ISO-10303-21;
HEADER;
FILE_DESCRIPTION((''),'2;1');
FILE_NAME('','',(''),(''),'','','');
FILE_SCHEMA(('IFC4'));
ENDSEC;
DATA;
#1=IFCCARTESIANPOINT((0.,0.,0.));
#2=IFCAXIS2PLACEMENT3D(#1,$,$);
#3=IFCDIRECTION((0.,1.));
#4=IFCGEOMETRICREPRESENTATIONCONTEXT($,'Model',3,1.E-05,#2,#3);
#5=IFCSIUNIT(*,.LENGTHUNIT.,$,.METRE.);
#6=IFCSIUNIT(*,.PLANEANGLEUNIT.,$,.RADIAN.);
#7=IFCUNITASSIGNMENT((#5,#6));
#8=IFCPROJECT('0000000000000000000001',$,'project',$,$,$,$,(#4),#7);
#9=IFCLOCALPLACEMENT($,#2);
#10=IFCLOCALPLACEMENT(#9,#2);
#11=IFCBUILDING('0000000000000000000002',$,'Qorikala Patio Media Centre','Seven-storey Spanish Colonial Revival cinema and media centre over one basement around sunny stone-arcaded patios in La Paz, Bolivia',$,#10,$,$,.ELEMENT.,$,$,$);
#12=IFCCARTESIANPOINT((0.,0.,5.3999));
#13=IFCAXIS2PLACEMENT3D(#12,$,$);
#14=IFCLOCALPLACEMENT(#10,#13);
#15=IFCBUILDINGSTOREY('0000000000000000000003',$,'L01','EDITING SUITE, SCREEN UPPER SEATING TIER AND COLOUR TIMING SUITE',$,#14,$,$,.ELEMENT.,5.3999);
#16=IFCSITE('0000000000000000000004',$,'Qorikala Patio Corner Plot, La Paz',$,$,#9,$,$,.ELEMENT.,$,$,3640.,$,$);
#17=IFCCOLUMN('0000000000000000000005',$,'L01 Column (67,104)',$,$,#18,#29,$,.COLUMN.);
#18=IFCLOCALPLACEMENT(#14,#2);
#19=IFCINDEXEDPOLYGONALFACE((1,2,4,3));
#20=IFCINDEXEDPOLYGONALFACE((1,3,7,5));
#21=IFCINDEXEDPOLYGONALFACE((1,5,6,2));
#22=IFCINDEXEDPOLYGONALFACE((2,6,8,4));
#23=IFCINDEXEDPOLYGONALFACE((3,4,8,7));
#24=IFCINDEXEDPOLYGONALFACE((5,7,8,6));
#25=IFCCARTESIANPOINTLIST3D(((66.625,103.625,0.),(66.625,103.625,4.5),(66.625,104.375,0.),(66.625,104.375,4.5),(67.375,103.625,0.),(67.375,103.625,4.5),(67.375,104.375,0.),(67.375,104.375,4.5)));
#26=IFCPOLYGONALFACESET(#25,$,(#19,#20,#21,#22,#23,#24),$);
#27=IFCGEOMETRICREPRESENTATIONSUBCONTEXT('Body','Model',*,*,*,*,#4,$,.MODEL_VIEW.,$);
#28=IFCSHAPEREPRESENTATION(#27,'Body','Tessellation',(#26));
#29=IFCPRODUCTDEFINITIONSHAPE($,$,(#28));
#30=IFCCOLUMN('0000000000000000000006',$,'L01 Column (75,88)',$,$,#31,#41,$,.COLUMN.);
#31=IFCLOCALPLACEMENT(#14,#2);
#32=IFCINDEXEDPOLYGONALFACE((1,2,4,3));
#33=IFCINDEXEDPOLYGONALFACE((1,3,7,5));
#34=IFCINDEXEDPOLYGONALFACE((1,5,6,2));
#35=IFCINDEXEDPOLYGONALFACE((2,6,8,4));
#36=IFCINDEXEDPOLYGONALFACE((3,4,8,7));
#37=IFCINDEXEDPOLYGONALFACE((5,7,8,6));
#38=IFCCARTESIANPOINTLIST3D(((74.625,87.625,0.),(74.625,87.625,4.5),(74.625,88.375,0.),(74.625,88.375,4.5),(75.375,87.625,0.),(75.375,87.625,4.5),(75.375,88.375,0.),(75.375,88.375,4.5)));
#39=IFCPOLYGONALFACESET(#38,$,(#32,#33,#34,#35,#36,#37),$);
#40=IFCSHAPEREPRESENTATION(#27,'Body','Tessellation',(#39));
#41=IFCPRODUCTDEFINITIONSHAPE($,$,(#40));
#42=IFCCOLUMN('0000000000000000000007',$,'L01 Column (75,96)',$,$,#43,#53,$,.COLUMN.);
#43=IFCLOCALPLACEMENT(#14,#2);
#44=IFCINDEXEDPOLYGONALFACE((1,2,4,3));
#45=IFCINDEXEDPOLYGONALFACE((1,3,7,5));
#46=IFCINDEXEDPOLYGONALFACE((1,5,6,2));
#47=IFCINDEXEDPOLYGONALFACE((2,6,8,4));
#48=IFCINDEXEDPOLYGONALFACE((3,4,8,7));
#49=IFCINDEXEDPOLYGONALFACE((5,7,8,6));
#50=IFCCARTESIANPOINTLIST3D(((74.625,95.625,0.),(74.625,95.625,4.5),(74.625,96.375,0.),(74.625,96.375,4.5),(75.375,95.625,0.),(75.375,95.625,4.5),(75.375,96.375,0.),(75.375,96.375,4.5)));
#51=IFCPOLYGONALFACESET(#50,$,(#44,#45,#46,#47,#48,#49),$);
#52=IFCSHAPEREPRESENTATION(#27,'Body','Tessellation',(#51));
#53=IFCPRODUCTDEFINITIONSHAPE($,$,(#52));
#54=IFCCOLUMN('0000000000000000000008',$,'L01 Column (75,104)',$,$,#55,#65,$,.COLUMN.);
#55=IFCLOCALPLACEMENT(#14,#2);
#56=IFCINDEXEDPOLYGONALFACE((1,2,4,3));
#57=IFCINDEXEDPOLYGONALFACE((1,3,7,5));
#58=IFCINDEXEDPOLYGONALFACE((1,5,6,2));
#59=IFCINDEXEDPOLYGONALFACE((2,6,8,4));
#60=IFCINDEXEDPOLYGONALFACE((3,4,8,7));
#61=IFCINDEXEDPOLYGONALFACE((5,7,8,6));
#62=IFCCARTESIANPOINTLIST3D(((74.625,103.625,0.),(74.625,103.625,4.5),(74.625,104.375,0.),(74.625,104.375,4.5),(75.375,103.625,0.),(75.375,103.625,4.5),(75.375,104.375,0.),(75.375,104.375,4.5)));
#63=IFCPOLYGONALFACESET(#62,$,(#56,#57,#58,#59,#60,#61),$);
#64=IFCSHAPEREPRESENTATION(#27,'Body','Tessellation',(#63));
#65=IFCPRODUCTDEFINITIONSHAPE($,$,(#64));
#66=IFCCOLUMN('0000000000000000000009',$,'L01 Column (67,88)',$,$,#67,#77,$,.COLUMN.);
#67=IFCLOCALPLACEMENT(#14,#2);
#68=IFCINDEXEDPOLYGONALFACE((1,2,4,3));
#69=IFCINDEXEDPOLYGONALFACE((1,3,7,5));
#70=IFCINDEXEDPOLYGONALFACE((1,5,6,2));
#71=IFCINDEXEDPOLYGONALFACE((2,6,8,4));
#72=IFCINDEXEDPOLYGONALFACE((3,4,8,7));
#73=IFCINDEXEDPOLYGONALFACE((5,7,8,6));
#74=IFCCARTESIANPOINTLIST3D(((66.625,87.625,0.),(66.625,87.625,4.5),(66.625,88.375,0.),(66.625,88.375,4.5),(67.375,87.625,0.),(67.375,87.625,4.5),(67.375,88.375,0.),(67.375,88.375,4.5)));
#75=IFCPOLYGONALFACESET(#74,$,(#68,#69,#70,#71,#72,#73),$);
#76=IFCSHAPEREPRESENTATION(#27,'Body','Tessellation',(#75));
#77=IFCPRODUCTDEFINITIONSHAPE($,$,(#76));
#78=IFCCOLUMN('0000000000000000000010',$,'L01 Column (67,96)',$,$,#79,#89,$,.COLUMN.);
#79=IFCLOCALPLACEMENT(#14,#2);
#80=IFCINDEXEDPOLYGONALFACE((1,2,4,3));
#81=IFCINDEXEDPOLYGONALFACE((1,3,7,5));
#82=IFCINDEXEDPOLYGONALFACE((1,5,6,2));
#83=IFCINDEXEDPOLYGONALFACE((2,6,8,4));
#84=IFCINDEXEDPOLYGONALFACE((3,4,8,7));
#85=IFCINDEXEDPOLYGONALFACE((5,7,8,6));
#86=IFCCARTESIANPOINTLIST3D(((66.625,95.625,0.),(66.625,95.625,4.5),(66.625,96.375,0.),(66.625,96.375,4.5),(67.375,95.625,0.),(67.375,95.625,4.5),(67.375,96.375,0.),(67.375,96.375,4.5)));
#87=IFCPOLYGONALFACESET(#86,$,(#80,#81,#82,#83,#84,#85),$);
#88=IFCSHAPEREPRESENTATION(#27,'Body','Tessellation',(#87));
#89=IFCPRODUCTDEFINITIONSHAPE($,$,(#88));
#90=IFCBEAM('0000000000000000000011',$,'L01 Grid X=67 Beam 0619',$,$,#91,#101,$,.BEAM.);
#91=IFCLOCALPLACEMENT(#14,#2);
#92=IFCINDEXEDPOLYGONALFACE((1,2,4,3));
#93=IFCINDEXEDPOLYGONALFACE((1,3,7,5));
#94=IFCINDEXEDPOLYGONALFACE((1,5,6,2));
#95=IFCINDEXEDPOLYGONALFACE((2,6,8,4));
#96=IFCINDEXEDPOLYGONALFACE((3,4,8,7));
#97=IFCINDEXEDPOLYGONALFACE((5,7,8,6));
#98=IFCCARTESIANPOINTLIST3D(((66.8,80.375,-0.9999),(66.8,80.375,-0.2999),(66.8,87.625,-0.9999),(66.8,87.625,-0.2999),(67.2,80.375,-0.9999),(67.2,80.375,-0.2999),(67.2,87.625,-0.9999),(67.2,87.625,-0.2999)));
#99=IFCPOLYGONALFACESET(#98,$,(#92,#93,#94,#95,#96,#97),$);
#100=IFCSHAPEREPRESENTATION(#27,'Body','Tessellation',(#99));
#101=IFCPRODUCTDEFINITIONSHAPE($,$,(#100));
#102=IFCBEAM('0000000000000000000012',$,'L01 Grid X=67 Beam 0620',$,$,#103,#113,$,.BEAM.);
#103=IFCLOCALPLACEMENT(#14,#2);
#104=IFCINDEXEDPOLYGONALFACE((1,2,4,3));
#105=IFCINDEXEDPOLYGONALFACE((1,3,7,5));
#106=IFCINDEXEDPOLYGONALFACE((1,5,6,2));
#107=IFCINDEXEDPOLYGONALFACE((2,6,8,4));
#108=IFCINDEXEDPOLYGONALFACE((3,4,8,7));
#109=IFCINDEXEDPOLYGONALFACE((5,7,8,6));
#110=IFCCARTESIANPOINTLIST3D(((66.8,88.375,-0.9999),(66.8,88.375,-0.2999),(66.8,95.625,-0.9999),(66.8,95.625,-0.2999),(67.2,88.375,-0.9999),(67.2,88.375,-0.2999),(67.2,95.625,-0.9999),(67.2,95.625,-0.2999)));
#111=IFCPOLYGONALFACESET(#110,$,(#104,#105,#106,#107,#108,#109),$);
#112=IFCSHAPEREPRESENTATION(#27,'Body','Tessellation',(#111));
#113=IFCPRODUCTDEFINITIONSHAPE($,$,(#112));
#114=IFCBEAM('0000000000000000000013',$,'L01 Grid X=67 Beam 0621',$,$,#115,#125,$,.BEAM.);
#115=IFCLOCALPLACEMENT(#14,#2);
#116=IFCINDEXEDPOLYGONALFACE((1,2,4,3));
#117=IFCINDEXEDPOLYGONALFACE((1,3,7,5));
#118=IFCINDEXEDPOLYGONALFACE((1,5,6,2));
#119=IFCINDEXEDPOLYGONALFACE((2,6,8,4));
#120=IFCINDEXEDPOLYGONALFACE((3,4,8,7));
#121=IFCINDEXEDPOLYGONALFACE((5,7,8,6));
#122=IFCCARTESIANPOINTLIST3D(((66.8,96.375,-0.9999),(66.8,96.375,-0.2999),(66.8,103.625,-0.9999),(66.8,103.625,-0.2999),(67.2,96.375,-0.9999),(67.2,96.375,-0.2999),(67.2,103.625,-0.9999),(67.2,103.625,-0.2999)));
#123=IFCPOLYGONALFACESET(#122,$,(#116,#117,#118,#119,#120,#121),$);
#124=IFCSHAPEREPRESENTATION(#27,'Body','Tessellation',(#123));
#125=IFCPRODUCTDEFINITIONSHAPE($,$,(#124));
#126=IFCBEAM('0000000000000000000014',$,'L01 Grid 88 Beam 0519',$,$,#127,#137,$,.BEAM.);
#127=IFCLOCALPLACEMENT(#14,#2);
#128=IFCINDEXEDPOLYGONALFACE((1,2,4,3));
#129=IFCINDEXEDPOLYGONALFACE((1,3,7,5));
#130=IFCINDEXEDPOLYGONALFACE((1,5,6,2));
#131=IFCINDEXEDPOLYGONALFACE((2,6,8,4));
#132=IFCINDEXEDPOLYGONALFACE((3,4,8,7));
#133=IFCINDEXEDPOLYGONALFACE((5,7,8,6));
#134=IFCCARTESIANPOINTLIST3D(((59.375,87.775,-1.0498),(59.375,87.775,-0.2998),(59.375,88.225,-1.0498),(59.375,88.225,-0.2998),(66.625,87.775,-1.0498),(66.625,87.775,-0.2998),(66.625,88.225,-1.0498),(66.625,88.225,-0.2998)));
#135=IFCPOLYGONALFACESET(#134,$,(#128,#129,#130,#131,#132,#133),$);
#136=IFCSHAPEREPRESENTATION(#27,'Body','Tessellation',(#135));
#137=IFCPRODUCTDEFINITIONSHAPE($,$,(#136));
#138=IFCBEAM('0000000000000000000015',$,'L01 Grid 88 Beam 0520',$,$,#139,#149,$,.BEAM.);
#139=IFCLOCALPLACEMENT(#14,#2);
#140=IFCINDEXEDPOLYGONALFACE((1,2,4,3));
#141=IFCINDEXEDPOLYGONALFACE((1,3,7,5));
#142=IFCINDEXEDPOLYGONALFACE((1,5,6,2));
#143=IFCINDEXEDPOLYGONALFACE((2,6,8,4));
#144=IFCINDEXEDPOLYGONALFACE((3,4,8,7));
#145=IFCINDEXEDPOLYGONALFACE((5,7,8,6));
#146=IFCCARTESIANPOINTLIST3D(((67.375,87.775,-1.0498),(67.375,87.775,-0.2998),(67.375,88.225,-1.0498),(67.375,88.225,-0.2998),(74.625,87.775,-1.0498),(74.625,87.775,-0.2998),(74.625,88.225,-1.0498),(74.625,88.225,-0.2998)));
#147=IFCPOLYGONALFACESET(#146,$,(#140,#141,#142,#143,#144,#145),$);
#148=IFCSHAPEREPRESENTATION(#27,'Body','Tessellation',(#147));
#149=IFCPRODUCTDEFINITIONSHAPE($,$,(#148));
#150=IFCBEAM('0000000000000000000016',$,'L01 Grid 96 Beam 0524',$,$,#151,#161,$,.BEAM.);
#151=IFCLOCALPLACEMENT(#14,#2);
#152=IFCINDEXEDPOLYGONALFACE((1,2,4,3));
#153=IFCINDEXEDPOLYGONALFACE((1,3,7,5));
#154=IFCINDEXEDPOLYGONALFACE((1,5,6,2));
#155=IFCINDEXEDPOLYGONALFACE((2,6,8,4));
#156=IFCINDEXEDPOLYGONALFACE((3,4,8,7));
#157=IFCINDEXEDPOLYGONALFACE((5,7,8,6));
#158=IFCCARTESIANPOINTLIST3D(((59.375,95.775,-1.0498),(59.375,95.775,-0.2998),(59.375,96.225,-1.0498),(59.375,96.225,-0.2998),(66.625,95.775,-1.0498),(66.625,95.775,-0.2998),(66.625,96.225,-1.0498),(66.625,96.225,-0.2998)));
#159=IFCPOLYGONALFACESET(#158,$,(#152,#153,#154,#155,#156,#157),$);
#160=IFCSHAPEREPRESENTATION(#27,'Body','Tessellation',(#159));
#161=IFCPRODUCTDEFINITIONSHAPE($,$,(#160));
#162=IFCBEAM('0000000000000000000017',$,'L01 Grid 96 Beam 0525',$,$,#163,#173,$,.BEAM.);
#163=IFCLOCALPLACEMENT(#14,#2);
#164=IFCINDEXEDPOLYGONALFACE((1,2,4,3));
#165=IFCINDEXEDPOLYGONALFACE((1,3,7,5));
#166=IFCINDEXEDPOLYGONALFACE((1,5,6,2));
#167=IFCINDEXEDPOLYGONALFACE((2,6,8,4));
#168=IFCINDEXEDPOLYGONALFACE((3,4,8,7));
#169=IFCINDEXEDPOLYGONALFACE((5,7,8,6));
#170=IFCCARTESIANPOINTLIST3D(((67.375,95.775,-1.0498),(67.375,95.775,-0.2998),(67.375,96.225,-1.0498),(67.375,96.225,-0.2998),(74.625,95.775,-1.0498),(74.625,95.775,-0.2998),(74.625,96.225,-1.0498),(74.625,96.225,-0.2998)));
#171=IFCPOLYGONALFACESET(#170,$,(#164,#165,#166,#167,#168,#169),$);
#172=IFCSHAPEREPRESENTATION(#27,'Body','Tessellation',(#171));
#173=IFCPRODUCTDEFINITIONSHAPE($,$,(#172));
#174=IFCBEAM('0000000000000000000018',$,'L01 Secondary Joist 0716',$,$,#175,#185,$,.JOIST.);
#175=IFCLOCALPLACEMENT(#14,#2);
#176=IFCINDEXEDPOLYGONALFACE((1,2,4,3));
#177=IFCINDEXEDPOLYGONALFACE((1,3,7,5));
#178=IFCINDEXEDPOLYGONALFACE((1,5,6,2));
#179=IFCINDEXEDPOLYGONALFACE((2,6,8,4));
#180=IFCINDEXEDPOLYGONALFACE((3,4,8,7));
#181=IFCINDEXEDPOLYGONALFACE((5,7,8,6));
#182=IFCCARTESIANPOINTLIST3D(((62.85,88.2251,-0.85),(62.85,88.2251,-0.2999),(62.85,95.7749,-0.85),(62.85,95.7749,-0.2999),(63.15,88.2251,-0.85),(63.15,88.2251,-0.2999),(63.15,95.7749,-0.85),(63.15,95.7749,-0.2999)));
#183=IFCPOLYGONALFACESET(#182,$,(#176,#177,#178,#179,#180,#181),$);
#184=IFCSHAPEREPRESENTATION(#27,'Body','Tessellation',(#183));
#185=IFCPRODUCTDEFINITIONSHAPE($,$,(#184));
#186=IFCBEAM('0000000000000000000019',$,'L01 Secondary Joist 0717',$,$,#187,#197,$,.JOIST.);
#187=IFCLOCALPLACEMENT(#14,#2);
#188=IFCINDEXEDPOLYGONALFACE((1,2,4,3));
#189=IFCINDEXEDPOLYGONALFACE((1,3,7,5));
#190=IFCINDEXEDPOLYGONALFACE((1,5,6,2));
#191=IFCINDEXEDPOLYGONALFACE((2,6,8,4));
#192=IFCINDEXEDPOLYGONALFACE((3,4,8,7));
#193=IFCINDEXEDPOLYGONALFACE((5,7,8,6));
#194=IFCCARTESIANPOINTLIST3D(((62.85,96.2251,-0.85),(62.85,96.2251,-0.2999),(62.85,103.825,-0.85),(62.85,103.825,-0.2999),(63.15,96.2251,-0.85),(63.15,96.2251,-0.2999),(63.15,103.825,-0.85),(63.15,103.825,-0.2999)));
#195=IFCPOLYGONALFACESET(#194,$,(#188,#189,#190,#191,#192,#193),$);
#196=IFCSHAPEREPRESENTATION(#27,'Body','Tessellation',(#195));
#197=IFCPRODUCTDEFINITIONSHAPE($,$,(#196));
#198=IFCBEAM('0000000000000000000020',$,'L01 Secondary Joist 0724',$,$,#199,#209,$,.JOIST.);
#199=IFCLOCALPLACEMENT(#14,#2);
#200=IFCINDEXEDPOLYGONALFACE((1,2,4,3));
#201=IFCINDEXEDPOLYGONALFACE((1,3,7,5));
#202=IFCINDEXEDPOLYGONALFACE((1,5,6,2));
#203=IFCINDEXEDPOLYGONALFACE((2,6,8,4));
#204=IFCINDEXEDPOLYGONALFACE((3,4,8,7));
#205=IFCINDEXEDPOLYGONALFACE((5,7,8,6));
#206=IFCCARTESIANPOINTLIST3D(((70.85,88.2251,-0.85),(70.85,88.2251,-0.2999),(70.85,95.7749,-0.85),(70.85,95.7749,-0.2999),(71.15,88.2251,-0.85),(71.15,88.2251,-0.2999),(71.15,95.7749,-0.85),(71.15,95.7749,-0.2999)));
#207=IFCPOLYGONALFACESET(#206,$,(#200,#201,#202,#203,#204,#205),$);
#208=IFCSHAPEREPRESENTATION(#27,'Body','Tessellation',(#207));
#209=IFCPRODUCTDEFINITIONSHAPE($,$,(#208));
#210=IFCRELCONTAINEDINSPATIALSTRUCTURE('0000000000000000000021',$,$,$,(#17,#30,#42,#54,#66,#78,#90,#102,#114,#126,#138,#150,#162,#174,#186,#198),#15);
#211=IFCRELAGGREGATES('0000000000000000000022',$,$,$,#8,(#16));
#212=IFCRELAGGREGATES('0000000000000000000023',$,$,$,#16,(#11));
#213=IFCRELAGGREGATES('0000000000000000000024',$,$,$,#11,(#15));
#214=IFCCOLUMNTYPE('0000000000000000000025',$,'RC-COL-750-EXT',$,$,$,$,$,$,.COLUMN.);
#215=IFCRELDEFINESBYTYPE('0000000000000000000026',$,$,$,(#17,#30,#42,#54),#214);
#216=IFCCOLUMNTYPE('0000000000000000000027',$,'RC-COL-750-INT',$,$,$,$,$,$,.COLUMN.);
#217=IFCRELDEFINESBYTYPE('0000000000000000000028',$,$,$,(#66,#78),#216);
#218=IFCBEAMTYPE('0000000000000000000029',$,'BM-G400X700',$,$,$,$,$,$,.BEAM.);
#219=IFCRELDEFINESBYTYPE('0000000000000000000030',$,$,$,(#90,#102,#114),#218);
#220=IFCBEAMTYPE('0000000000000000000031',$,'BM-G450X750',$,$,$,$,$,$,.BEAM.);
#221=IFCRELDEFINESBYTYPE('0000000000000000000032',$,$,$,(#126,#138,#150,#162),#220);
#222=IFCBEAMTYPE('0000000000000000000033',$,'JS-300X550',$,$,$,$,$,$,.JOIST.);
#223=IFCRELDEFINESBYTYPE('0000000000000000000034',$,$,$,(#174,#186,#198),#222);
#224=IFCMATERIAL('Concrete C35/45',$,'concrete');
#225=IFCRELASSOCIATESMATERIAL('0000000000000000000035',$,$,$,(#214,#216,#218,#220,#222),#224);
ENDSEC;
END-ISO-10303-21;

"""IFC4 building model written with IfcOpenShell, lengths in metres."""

from ifc_helpers import new_model, si_unit, direction, frame, origin, origin_2d, place, context, subcontext, project, spatial, rectangle, extrude, material, material_profile, profile_set, type_object, element, save


model = new_model("IFC4")

# Units and contexts
model_context = context("Model", 3, precision=1e-05, world=origin(), true_north=direction((0.0, 1.0)))
body_context = subcontext(model_context, "Body", "Model", "MODEL_VIEW")
ifc_project = project(units=[si_unit("LENGTHUNIT", "METRE"), si_unit("PLANEANGLEUNIT", "RADIAN")], contexts=[model_context])

# Site, building, storey
site_placement = place(None, origin())
site = spatial("IfcSite", under=ifc_project, at=site_placement, Name="Qorikala Patio Corner Plot, La Paz", CompositionType="ELEMENT", RefElevation=3640.0)
building_placement = place(site_placement, origin())
building = spatial("IfcBuilding", under=site, at=building_placement, Name="Qorikala Patio Media Centre", Description="Seven-storey Spanish Colonial Revival cinema and media centre over one basement around sunny stone-arcaded patios in La Paz, Bolivia", CompositionType="ELEMENT")
storey_placement = place(building_placement, frame((0.0, 0.0, 5.3999)))
storey = spatial("IfcBuildingStorey", under=building, at=storey_placement, Name="L01", Description="EDITING SUITE, SCREEN UPPER SEATING TIER AND COLOUR TIMING SUITE", CompositionType="ELEMENT", Elevation=5.3999)

# Columns
ifc_material_1 = material(Name="Concrete C35/45", Category="concrete")
ifc_material_profile_1 = material_profile(ifc_material_1, rectangle(XDim=0.75, YDim=0.75, at=origin_2d()), Name="RC 750x750")
ifc_profile_set_1 = profile_set([ifc_material_profile_1], Name="Concrete C35/45")
column_type_1 = type_object("IfcColumnType", Name="RC-COL-750-EXT", PredefinedType="COLUMN", material=ifc_profile_set_1)
for number, where, z_axis, x_axis, name in (
    (1, (67.0, 104.0, 0.0), (0.0, 0.0, 1.0), (1.0, 0.0, 0.0), "L01 Column (67,104)"),
    (2, (75.0, 88.0, 0.0), (0.0, 0.0, 1.0), (1.0, 0.0, 0.0), "L01 Column (75,88)"),
    (3, (75.0, 96.0, 0.0), (0.0, 0.0, 1.0), (1.0, 0.0, 0.0), "L01 Column (75,96)"),
    (4, (75.0, 104.0, 0.0), (0.0, 0.0, 1.0), (1.0, 0.0, 0.0), "L01 Column (75,104)"),
):
    element("IfcColumn", number, at=place(storey_placement, frame(where, z_axis=z_axis, x_axis=x_axis)), inside=storey, type_object=column_type_1, Name=name, PredefinedType="COLUMN", context=body_context, shape_type="SweptSolid", body=[
        extrude(rectangle(XDim=0.75, YDim=0.75, at=origin_2d()), origin(), (0.0, 0.0, 1.0), 4.5),
    ])
ifc_material_profile_2 = material_profile(ifc_material_1, rectangle(XDim=0.75, YDim=0.75, at=origin_2d()), Name="RC 750x750")
ifc_profile_set_2 = profile_set([ifc_material_profile_2], Name="Concrete C35/45")
column_type_2 = type_object("IfcColumnType", Name="RC-COL-750-INT", PredefinedType="COLUMN", material=ifc_profile_set_2)
for number, where, z_axis, x_axis, name in (
    (5, (67.0, 88.0, 0.0), (0.0, 0.0, 1.0), (1.0, 0.0, 0.0), "L01 Column (67,88)"),
    (6, (67.0, 96.0, 0.0), (0.0, 0.0, 1.0), (1.0, 0.0, 0.0), "L01 Column (67,96)"),
):
    element("IfcColumn", number, at=place(storey_placement, frame(where, z_axis=z_axis, x_axis=x_axis)), inside=storey, type_object=column_type_2, Name=name, PredefinedType="COLUMN", context=body_context, shape_type="SweptSolid", body=[
        extrude(rectangle(XDim=0.75, YDim=0.75, at=origin_2d()), origin(), (0.0, 0.0, 1.0), 4.5),
    ])

# Beams
ifc_material_profile_3 = material_profile(ifc_material_1, rectangle(XDim=0.3999, YDim=0.7, at=origin_2d()), Name="RC 400x700")
ifc_profile_set_3 = profile_set([ifc_material_profile_3], Name="Concrete C35/45")
beam_type_1 = type_object("IfcBeamType", Name="BM-G400X700", PredefinedType="BEAM", material=ifc_profile_set_3)
for number, where, z_axis, x_axis, name in (
    (7, (67.0, 80.375, -0.6499), (0.0, 1.0, 0.0), (-1.0, 0.0, 0.0), "L01 Grid X=67 Beam 0619"),
    (8, (67.0, 88.375, -0.6499), (0.0, 1.0, 0.0), (-1.0, 0.0, 0.0), "L01 Grid X=67 Beam 0620"),
    (9, (67.0, 96.375, -0.6499), (0.0, 1.0, 0.0), (-1.0, 0.0, 0.0), "L01 Grid X=67 Beam 0621"),
):
    element("IfcBeam", number, at=place(storey_placement, frame(where, z_axis=z_axis, x_axis=x_axis)), inside=storey, type_object=beam_type_1, Name=name, PredefinedType="BEAM", context=body_context, shape_type="SweptSolid", body=[
        extrude(rectangle(XDim=0.3999, YDim=0.7, at=origin_2d()), origin(), (0.0, 0.0, 1.0), 7.25),
    ])
ifc_material_profile_4 = material_profile(ifc_material_1, rectangle(XDim=0.45, YDim=0.75, at=origin_2d()), Name="RC 450x750")
ifc_profile_set_4 = profile_set([ifc_material_profile_4], Name="Concrete C35/45")
beam_type_2 = type_object("IfcBeamType", Name="BM-G450X750", PredefinedType="BEAM", material=ifc_profile_set_4)
for number, where, z_axis, x_axis, name in (
    (10, (59.375, 88.0, -0.6748), (1.0, 0.0, 0.0), (0.0, 1.0, 0.0), "L01 Grid 88 Beam 0519"),
    (11, (67.375, 88.0, -0.6748), (1.0, 0.0, 0.0), (0.0, 1.0, 0.0), "L01 Grid 88 Beam 0520"),
    (12, (59.375, 96.0, -0.6748), (1.0, 0.0, 0.0), (0.0, 1.0, 0.0), "L01 Grid 96 Beam 0524"),
    (13, (67.375, 96.0, -0.6748), (1.0, 0.0, 0.0), (0.0, 1.0, 0.0), "L01 Grid 96 Beam 0525"),
):
    element("IfcBeam", number, at=place(storey_placement, frame(where, z_axis=z_axis, x_axis=x_axis)), inside=storey, type_object=beam_type_2, Name=name, PredefinedType="BEAM", context=body_context, shape_type="SweptSolid", body=[
        extrude(rectangle(XDim=0.45, YDim=0.75, at=origin_2d()), origin(), (0.0, 0.0, 1.0), 7.25),
    ])
ifc_material_profile_5 = material_profile(ifc_material_1, rectangle(XDim=0.3, YDim=0.55, at=origin_2d()), Name="RC 300x550")
ifc_profile_set_5 = profile_set([ifc_material_profile_5], Name="Concrete C35/45")
beam_type_3 = type_object("IfcBeamType", Name="JS-300X550", PredefinedType="JOIST", material=ifc_profile_set_5)
beam_1_placement = place(storey_placement, frame((63.0, 88.2251, -0.575), z_axis=(0.0, 1.0, 0.0), x_axis=(-1.0, 0.0, 0.0)))
element("IfcBeam", 14, at=beam_1_placement, inside=storey, type_object=beam_type_3, Name="L01 Secondary Joist 0716", PredefinedType="JOIST", context=body_context, shape_type="SweptSolid", body=[
    extrude(rectangle(XDim=0.3, YDim=0.55, at=origin_2d()), origin(), (0.0, 0.0, 1.0), 7.5498),
])
beam_2_placement = place(storey_placement, frame((63.0, 96.2251, -0.575), z_axis=(0.0, 1.0, 0.0), x_axis=(-1.0, 0.0, 0.0)))
element("IfcBeam", 15, at=beam_2_placement, inside=storey, type_object=beam_type_3, Name="L01 Secondary Joist 0717", PredefinedType="JOIST", context=body_context, shape_type="SweptSolid", body=[
    extrude(rectangle(XDim=0.3, YDim=0.55, at=origin_2d()), origin(), (0.0, 0.0, 1.0), 7.5999),
])
beam_3_placement = place(storey_placement, frame((71.0, 88.2251, -0.575), z_axis=(0.0, 1.0, 0.0), x_axis=(-1.0, 0.0, 0.0)))
element("IfcBeam", 16, at=beam_3_placement, inside=storey, type_object=beam_type_3, Name="L01 Secondary Joist 0724", PredefinedType="JOIST", context=body_context, shape_type="SweptSolid", body=[
    extrude(rectangle(XDim=0.3, YDim=0.55, at=origin_2d()), origin(), (0.0, 0.0, 1.0), 7.5498),
])

save(model, "model.ifc")
